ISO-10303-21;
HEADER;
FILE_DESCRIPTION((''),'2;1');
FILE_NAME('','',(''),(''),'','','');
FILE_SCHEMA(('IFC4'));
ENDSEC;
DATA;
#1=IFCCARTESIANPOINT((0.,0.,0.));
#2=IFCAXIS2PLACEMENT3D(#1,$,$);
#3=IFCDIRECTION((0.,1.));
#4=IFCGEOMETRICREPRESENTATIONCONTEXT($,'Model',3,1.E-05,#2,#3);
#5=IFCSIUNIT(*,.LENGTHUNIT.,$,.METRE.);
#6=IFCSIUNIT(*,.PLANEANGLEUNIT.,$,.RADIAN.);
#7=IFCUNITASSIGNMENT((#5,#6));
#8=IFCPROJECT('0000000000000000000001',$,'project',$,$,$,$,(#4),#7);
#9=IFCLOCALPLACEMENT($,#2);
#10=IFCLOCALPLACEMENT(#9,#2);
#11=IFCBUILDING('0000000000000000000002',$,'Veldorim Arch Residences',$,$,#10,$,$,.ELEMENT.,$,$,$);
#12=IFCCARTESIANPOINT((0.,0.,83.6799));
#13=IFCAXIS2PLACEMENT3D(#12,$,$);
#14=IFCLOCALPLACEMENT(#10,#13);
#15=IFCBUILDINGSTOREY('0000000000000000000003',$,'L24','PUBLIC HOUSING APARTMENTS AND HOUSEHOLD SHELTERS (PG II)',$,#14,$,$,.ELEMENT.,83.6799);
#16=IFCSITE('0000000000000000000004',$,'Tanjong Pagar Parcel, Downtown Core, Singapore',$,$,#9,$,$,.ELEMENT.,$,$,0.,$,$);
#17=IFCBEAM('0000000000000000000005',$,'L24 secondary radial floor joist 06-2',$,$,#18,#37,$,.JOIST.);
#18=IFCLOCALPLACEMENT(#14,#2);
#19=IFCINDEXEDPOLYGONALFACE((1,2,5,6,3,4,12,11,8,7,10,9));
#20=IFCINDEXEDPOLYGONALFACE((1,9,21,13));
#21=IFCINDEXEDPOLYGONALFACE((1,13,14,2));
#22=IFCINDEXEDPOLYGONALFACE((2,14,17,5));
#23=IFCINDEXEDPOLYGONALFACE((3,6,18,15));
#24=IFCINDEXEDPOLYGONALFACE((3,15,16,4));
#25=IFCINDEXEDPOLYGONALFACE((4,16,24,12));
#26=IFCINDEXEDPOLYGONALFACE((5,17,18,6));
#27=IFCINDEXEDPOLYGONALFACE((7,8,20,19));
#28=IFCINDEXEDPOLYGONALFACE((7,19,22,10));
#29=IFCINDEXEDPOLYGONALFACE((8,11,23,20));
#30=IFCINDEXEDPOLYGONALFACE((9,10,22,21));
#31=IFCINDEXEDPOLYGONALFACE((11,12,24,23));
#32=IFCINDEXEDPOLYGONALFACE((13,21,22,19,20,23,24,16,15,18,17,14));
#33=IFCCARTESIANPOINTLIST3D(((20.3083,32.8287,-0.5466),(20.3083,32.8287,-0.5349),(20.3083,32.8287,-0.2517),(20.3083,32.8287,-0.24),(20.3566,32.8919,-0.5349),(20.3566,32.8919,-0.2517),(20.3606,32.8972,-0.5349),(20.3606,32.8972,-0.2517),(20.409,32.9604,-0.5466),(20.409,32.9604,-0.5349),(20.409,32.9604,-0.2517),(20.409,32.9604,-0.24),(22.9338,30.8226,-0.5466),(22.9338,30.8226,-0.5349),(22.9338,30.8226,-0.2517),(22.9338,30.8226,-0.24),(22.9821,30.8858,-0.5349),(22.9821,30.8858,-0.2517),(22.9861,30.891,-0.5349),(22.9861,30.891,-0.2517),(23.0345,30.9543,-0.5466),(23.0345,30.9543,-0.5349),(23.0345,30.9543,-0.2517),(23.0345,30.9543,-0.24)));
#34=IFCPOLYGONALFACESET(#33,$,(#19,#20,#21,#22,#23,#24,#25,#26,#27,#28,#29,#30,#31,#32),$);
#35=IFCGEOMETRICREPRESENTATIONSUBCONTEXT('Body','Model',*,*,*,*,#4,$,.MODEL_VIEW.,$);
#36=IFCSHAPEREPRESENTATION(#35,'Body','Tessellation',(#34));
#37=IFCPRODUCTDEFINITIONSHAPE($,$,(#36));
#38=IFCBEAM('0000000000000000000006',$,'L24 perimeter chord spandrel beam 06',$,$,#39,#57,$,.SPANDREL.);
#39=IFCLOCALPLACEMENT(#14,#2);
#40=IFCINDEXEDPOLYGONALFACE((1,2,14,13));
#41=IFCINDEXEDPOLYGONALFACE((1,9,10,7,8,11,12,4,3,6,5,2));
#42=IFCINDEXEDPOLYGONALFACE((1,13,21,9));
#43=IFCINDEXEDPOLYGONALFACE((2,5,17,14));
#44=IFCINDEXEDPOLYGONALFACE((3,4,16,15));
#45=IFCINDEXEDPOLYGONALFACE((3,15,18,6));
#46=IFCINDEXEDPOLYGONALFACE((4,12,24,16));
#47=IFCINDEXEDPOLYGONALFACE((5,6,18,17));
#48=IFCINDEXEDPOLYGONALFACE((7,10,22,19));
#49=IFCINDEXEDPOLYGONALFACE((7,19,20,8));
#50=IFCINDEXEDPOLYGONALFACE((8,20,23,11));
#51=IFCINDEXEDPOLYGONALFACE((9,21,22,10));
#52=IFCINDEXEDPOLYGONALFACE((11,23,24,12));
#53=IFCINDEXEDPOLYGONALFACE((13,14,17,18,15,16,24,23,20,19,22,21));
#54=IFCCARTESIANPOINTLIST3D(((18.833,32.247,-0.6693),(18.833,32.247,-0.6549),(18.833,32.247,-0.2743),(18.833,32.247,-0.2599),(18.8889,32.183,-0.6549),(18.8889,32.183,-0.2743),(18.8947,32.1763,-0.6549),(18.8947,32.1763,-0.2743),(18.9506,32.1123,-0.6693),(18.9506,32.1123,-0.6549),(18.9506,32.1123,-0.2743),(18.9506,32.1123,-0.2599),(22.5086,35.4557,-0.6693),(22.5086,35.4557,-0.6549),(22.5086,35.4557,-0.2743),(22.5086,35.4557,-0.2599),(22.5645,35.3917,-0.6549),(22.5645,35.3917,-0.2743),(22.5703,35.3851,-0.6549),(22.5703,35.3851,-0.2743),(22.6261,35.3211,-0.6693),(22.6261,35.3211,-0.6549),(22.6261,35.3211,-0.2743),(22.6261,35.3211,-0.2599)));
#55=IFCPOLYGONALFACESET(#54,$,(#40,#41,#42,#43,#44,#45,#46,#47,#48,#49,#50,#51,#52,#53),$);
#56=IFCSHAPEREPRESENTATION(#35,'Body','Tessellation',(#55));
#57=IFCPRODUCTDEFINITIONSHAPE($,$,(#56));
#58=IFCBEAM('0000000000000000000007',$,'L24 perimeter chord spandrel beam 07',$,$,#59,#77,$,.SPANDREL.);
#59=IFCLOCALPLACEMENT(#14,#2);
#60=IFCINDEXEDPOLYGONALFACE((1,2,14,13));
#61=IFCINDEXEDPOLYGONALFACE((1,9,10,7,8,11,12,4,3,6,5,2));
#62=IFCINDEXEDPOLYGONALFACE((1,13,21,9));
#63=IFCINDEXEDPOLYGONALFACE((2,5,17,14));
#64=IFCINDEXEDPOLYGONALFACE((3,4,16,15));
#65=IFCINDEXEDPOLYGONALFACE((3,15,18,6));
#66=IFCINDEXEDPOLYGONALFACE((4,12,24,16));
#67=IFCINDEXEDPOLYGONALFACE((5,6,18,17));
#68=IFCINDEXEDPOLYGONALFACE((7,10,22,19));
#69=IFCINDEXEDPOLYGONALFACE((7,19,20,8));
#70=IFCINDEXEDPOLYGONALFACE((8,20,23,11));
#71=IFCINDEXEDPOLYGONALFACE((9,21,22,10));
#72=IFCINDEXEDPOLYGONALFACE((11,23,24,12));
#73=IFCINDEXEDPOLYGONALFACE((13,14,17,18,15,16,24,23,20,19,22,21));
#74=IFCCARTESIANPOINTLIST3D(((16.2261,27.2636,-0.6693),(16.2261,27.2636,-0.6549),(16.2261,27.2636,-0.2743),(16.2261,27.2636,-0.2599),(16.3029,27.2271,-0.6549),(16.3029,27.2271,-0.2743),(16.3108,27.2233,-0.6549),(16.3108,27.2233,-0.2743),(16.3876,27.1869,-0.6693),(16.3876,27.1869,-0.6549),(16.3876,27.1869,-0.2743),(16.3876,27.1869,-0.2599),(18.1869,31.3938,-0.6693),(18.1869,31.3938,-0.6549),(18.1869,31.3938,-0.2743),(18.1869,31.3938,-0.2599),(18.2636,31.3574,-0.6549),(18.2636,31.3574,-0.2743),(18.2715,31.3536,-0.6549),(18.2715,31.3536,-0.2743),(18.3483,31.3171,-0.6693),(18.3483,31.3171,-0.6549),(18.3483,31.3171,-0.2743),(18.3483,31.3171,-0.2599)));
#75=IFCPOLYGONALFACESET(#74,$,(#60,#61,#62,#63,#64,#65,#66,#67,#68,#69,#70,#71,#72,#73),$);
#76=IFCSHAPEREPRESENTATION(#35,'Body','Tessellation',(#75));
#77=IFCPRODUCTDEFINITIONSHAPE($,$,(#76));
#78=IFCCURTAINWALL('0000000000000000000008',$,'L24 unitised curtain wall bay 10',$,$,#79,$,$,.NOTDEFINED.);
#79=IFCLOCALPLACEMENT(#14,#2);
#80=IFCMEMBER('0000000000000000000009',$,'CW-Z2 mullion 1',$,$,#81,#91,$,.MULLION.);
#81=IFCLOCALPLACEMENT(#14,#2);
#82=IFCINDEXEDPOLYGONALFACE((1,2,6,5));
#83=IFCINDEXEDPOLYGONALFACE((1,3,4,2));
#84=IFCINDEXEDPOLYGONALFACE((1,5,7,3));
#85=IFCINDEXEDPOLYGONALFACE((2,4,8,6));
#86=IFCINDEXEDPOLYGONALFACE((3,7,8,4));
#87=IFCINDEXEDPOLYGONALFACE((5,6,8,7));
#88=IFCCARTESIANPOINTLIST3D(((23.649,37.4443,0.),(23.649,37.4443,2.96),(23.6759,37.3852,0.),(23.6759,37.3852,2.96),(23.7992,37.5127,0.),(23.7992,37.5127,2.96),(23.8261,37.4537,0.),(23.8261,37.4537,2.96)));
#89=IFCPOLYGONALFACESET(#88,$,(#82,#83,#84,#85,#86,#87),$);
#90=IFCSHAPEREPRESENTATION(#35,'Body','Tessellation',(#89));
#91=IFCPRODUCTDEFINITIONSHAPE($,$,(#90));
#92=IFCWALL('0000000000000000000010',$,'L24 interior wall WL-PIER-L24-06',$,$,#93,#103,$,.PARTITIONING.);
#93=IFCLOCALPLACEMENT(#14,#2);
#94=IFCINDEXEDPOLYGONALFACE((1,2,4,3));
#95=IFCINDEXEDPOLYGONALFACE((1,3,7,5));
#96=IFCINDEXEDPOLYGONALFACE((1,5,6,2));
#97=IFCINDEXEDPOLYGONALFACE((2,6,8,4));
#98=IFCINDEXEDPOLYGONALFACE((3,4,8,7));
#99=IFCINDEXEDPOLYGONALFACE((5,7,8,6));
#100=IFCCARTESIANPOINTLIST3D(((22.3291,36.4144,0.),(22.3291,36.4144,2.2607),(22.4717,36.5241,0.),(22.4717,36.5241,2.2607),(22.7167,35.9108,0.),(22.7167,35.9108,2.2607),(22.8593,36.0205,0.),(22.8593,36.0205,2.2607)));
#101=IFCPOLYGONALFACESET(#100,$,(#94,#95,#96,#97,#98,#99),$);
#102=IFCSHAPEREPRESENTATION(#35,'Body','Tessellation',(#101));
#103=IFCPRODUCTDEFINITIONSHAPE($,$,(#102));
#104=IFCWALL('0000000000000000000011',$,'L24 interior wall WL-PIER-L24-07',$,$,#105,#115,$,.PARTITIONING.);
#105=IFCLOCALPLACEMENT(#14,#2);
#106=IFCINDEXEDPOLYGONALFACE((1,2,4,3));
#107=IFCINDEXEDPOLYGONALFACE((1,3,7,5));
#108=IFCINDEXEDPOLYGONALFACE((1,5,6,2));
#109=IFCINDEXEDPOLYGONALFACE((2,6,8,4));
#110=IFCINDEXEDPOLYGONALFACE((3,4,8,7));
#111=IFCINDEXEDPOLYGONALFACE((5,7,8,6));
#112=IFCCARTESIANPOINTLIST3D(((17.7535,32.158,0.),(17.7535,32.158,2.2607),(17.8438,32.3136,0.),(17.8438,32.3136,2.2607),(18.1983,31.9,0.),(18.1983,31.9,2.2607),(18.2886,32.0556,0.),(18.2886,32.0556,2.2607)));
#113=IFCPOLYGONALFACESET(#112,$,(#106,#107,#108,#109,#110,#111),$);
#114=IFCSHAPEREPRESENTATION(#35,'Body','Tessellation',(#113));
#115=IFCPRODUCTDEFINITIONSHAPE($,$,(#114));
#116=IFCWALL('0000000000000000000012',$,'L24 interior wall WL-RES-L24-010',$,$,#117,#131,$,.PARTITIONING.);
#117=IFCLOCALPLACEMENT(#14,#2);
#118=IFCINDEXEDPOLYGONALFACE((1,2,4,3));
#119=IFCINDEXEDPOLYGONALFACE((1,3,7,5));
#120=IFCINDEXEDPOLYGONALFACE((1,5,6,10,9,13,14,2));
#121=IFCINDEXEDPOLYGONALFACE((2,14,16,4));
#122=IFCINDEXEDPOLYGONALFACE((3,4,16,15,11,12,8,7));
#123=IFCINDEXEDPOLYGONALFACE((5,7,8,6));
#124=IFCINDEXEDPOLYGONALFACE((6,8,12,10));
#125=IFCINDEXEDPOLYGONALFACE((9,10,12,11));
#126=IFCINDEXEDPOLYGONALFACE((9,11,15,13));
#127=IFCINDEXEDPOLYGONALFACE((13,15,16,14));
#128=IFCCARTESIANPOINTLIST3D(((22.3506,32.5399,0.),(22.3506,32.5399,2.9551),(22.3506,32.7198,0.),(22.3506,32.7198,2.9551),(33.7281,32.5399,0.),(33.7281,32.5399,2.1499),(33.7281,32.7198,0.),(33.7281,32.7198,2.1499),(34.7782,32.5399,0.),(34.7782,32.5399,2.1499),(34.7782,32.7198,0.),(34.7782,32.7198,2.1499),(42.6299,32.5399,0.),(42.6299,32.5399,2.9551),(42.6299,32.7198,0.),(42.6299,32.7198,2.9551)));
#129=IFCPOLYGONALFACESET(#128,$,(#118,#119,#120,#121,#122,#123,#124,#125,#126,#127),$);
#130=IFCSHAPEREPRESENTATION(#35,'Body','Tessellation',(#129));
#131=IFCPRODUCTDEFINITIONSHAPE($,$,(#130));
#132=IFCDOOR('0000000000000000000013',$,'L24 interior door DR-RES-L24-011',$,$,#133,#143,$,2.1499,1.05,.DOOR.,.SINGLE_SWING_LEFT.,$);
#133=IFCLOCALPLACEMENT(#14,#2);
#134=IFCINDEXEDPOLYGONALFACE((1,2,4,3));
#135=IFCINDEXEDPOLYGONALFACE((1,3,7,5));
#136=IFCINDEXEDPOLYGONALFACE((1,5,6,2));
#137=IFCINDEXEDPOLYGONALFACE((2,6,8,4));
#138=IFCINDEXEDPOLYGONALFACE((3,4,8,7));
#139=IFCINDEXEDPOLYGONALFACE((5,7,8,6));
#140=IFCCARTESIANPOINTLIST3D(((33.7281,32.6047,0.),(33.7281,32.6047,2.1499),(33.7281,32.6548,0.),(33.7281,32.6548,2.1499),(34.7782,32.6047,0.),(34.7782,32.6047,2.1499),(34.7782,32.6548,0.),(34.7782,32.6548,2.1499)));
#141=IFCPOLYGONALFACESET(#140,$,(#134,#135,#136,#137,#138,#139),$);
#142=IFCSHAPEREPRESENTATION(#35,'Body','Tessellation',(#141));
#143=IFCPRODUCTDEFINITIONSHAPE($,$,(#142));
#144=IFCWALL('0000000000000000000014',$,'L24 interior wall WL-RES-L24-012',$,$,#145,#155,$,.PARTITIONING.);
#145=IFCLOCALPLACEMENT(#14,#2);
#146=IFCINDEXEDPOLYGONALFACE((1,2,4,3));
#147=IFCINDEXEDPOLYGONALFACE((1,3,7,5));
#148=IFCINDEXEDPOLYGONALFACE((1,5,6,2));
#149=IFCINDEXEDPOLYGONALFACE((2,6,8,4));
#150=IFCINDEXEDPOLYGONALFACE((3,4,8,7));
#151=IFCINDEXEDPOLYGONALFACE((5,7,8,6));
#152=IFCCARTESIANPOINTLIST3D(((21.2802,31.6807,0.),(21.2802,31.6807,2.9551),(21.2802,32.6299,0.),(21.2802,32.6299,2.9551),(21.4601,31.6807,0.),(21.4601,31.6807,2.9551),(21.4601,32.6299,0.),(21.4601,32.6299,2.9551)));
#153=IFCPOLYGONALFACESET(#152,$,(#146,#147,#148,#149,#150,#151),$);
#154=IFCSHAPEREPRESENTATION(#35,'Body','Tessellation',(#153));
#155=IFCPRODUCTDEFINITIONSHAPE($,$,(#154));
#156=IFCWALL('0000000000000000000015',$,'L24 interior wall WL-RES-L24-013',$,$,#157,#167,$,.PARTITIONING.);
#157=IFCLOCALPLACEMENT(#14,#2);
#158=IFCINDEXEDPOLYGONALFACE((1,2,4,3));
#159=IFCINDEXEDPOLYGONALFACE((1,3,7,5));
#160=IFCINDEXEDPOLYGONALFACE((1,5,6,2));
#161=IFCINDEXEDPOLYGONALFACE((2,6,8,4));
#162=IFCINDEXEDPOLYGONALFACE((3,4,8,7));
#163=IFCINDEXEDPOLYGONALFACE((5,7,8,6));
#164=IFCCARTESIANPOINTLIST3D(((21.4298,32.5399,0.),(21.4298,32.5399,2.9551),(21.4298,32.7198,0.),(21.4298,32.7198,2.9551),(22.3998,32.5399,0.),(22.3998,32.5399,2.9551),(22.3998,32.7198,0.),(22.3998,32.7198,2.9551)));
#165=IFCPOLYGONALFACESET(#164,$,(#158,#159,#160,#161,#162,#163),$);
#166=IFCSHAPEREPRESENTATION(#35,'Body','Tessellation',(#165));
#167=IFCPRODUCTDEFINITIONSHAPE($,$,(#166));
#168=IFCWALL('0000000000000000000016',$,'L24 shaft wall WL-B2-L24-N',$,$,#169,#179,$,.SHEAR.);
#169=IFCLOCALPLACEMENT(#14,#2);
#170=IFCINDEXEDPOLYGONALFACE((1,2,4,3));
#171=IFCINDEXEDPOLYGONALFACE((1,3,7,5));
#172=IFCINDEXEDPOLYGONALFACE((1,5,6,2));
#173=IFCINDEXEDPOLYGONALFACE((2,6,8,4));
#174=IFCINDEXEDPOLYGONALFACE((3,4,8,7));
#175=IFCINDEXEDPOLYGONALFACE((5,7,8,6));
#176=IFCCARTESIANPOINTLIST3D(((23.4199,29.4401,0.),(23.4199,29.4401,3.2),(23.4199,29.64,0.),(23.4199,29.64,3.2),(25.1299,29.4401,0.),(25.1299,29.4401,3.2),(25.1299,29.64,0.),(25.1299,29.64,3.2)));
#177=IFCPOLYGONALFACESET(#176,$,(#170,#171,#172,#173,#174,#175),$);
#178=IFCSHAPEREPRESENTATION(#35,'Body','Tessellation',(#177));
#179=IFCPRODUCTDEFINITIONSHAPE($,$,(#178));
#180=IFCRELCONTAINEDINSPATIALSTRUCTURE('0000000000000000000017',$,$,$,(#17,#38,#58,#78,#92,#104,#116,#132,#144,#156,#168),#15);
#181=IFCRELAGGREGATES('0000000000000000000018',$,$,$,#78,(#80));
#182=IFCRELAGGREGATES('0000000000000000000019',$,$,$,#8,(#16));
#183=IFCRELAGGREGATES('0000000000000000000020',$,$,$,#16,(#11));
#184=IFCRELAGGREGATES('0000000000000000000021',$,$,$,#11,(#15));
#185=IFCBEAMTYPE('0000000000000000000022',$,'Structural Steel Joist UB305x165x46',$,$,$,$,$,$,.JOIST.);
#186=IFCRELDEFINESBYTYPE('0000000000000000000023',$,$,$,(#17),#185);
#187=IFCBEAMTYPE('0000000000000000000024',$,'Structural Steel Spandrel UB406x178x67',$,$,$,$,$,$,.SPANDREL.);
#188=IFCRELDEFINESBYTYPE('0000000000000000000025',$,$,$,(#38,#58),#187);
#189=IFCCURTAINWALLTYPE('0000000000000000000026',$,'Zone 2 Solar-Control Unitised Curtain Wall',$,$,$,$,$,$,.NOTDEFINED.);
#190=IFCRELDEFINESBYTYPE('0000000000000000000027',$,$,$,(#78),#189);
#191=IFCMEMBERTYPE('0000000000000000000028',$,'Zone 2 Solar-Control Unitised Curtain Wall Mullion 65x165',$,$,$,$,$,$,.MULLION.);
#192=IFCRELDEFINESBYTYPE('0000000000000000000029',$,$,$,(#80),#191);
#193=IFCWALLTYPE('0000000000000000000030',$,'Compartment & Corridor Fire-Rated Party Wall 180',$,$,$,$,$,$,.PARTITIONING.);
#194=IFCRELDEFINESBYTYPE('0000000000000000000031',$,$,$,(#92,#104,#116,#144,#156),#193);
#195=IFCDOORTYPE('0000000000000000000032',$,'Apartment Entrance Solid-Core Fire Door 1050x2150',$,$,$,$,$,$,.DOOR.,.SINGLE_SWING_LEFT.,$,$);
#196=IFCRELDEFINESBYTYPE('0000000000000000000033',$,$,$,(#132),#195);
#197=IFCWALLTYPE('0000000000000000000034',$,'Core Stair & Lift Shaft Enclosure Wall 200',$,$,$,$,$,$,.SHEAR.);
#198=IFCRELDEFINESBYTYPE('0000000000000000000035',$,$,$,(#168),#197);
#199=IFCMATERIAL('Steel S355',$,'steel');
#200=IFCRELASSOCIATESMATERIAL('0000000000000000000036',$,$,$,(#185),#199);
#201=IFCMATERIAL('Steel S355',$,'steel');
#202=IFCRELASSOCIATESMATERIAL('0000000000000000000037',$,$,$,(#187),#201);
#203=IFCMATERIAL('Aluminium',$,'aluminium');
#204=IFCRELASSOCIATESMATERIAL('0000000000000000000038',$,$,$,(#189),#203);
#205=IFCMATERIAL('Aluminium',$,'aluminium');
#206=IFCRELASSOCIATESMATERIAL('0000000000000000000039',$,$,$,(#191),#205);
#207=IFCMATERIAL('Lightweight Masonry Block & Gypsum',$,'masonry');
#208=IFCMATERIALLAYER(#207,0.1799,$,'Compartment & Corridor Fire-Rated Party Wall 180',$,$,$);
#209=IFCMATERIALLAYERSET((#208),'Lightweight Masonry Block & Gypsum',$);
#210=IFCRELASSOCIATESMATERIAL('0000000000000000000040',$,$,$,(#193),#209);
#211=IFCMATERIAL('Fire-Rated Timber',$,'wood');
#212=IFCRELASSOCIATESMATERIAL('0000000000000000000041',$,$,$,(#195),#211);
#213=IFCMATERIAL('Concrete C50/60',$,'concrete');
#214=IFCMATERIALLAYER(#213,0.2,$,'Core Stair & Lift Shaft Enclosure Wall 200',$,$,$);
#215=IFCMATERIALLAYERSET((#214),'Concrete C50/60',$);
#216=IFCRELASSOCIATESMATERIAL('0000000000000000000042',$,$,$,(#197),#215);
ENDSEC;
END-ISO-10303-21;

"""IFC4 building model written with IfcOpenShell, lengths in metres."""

from ifc_helpers import new_model, si_unit, direction, frame, frame_2d, origin, origin_2d, place, context, subcontext, project, spatial, rectangle, i_section, extrude, material, layer, layer_set, material_profile, profile_set, type_object, element, fill, aggregate, save


model = new_model("IFC4")

# Units and contexts
model_context = context("Model", 3, precision=1e-05, world=origin(), true_north=direction((0.0, 1.0)))
body_context = subcontext(model_context, "Body", "Model", "MODEL_VIEW")
ifc_project = project(units=[si_unit("LENGTHUNIT", "METRE"), si_unit("PLANEANGLEUNIT", "RADIAN")], contexts=[model_context])

# Site, building, storey
site_placement = place(None, origin())
site = spatial("IfcSite", under=ifc_project, at=site_placement, Name="Tanjong Pagar Parcel, Downtown Core, Singapore", CompositionType="ELEMENT", RefElevation=0.0)
building_placement = place(site_placement, origin())
building = spatial("IfcBuilding", under=site, at=building_placement, Name="Veldorim Arch Residences", CompositionType="ELEMENT")
storey_placement = place(building_placement, frame((0.0, 0.0, 83.6799)))
storey = spatial("IfcBuildingStorey", under=building, at=storey_placement, Name="L24", Description="PUBLIC HOUSING APARTMENTS AND HOUSEHOLD SHELTERS (PG II)", CompositionType="ELEMENT", Elevation=83.6799)

# Beams
ifc_material_1 = material(Name="Steel S355", Category="steel")
ifc_material_profile_1 = material_profile(ifc_material_1, i_section(OverallWidth=0.1658, OverallDepth=0.3066, WebThickness=0.0066, FlangeThickness=0.0117, at=origin_2d()), Name="UB305x165x46")
ifc_profile_set_1 = profile_set([ifc_material_profile_1], Name="Steel S355")
beam_type_1 = type_object("IfcBeamType", Name="Structural Steel Joist UB305x165x46", PredefinedType="JOIST", material=ifc_profile_set_1)
beam_1_placement = place(storey_placement, frame((22.9841, 30.8884, -0.3933), z_axis=(-0.794595, 0.60714, 0.0), x_axis=(-0.60714, -0.794595, 0.0)))
element("IfcBeam", 1, at=beam_1_placement, inside=storey, type_object=beam_type_1, Name="L24 secondary radial floor joist 06-2", PredefinedType="JOIST", context=body_context, shape_type="SweptSolid", body=[
    extrude(i_section(OverallWidth=0.1658, OverallDepth=0.3066, WebThickness=0.0066, FlangeThickness=0.0117, at=origin_2d()), origin(), (0.0, 0.0, 1.0), 3.3042),
])
ifc_material_2 = material(Name="Steel S355", Category="steel")
ifc_material_profile_2 = material_profile(ifc_material_2, i_section(OverallWidth=0.1787, OverallDepth=0.4094, WebThickness=0.0088, FlangeThickness=0.0144, at=origin_2d()), Name="UB406x178x67")
ifc_profile_set_2 = profile_set([ifc_material_profile_2], Name="Steel S355")
beam_type_2 = type_object("IfcBeamType", Name="Structural Steel Spandrel UB406x178x67", PredefinedType="SPANDREL", material=ifc_profile_set_2)
beam_2_placement = place(storey_placement, frame((22.5674, 35.3884, -0.4646), z_axis=(-0.753323, -0.65765, 0.0), x_axis=(0.65765, -0.753323, 0.0)))
element("IfcBeam", 2, at=beam_2_placement, inside=storey, type_object=beam_type_2, Name="L24 perimeter chord spandrel beam 06", PredefinedType="SPANDREL", context=body_context, shape_type="SweptSolid", body=[
    extrude(i_section(OverallWidth=0.1787, OverallDepth=0.4094, WebThickness=0.0088, FlangeThickness=0.0144, at=origin_2d()), origin(), (0.0, 0.0, 1.0), 4.8792),
])
beam_3_placement = place(storey_placement, frame((18.2676, 31.3555, -0.4646), z_axis=(-0.428857, -0.903372, 0.0), x_axis=(0.903372, -0.428857, 0.0)))
element("IfcBeam", 3, at=beam_3_placement, inside=storey, type_object=beam_type_2, Name="L24 perimeter chord spandrel beam 07", PredefinedType="SPANDREL", context=body_context, shape_type="SweptSolid", body=[
    extrude(i_section(OverallWidth=0.1787, OverallDepth=0.4094, WebThickness=0.0088, FlangeThickness=0.0144, at=origin_2d()), origin(), (0.0, 0.0, 1.0), 4.572),
])

# Curtain wall, member
ifc_material_3 = material(Name="Aluminium", Category="aluminium")
curtain_wall_type = type_object("IfcCurtainWallType", Name="Zone 2 Solar-Control Unitised Curtain Wall", PredefinedType="NOTDEFINED", material=ifc_material_3)
curtain_wall_placement = place(storey_placement, origin())
curtain_wall = element("IfcCurtainWall", 4, at=curtain_wall_placement, inside=storey, type_object=curtain_wall_type, Name="L24 unitised curtain wall bay 10", PredefinedType="NOTDEFINED")
ifc_material_4 = material(Name="Aluminium", Category="aluminium")
ifc_material_profile_3 = material_profile(ifc_material_4, rectangle(XDim=0.0649, YDim=0.165, at=origin_2d()), Name="ALU_MUL_65x165")
ifc_profile_set_3 = profile_set([ifc_material_profile_3], Name="Aluminium")
member_type = type_object("IfcMemberType", Name="Zone 2 Solar-Control Unitised Curtain Wall Mullion 65x165", PredefinedType="MULLION", material=ifc_profile_set_3)
member_placement = place(storey_placement, frame((23.7375, 37.449, 0.0), z_axis=(0.0, 0.0, 1.0), x_axis=(-0.414742, 0.909939, 0.0)))
member = element("IfcMember", 5, at=member_placement, type_object=member_type, Name="CW-Z2 mullion 1", PredefinedType="MULLION", context=body_context, shape_type="SweptSolid", body=[
    extrude(rectangle(XDim=0.0649, YDim=0.165, at=origin_2d()), origin(), (0.0, 0.0, 1.0), 2.96),
])
aggregate(curtain_wall, [member])

# Walls
ifc_material_5 = material(Name="Lightweight Masonry Block & Gypsum", Category="masonry")
ifc_layer_1 = layer(ifc_material_5, 0.1799, Name="Compartment & Corridor Fire-Rated Party Wall 180")
ifc_layer_set_1 = layer_set([ifc_layer_1], Name="Lightweight Masonry Block & Gypsum")
wall_type_1 = type_object("IfcWallType", Name="Compartment & Corridor Fire-Rated Party Wall 180", PredefinedType="PARTITIONING", material=ifc_layer_set_1)
wall_1_placement = place(storey_placement, frame((22.7881, 35.9656, 0.0), z_axis=(0.0, 0.0, 1.0), x_axis=(-0.609971, 0.792424, 0.0)))
element("IfcWall", 6, at=wall_1_placement, inside=storey, type_object=wall_type_1, Name="L24 interior wall WL-PIER-L24-06", PredefinedType="PARTITIONING", context=body_context, shape_type="SweptSolid", body=[
    extrude(rectangle(XDim=0.6355, YDim=0.1799, at=frame_2d((0.3179, 0.0))), origin(), (0.0, 0.0, 1.0), 2.2607),
])
wall_2_placement = place(storey_placement, frame((18.2434, 31.9778, 0.0), z_axis=(0.0, 0.0, 1.0), x_axis=(-0.864982, 0.501803, 0.0)))
element("IfcWall", 7, at=wall_2_placement, inside=storey, type_object=wall_type_1, Name="L24 interior wall WL-PIER-L24-07", PredefinedType="PARTITIONING", context=body_context, shape_type="SweptSolid", body=[
    extrude(rectangle(XDim=0.5142, YDim=0.1799, at=frame_2d((0.2571, 0.0))), origin(), (0.0, 0.0, 1.0), 2.2607),
])

# Wall, opening, door
wall_3_placement = place(storey_placement, frame((22.3506, 32.6299, 0.0), z_axis=(0.0, 0.0, 1.0), x_axis=(1.0, 0.0, 0.0)))
wall_3 = element("IfcWall", 8, at=wall_3_placement, inside=storey, type_object=wall_type_1, Name="L24 interior wall WL-RES-L24-010", PredefinedType="PARTITIONING", context=body_context, shape_type="SweptSolid", body=[
    extrude(rectangle(XDim=20.2793, YDim=0.1799, at=frame_2d((10.1396, 0.0))), origin(), (0.0, 0.0, 1.0), 2.9551),
])
opening_1_placement = place(wall_3_placement, frame((11.3777, 0.0, 0.0)))
opening_1 = element("IfcOpeningElement", 9, at=opening_1_placement, cuts=wall_3, PredefinedType="OPENING", context=body_context, shape_type="SweptSolid", body=[
    extrude(rectangle(XDim=1.05, YDim=2.1499, at=frame_2d((0.5249, 1.075))), frame((0.0, 0.0999, 0.0), z_axis=(0.0, -1.0, 0.0), x_axis=(1.0, 0.0, 0.0)), (0.0, 0.0, 1.0), 0.2),
])
ifc_material_6 = material(Name="Fire-Rated Timber", Category="wood")
door_type_1 = type_object("IfcDoorType", Name="Apartment Entrance Solid-Core Fire Door 1050x2150", OperationType="SINGLE_SWING_LEFT", PredefinedType="DOOR", material=ifc_material_6)
door_1_placement = place(opening_1_placement, origin())
door_1 = element("IfcDoor", 10, at=door_1_placement, inside=storey, type_object=door_type_1, Name="L24 interior door DR-RES-L24-011", OperationType="SINGLE_SWING_LEFT", OverallHeight=2.1499, OverallWidth=1.05, PredefinedType="DOOR", context=body_context, shape_type="SweptSolid", body=[
    extrude(rectangle(XDim=1.05, YDim=2.1499, at=frame_2d((0.5249, 1.075))), frame((0.0, 0.0249, 0.0), z_axis=(0.0, -1.0, 0.0), x_axis=(1.0, 0.0, 0.0)), (0.0, 0.0, 1.0), 0.05),
])
fill(opening_1, door_1)

# Walls
wall_4_placement = place(storey_placement, frame((21.3701, 31.6807, 0.0), z_axis=(0.0, 0.0, 1.0), x_axis=(0.0, 1.0, 0.0)))
element("IfcWall", 11, at=wall_4_placement, inside=storey, type_object=wall_type_1, Name="L24 interior wall WL-RES-L24-012", PredefinedType="PARTITIONING", context=body_context, shape_type="SweptSolid", body=[
    extrude(rectangle(XDim=0.9492, YDim=0.1799, at=frame_2d((0.4746, 0.0))), origin(), (0.0, 0.0, 1.0), 2.9551),
])
wall_5_placement = place(storey_placement, frame((21.4299, 32.6299, 0.0), z_axis=(0.0, 0.0, 1.0), x_axis=(1.0, 0.0, 0.0)))
element("IfcWall", 12, at=wall_5_placement, inside=storey, type_object=wall_type_1, Name="L24 interior wall WL-RES-L24-013", PredefinedType="PARTITIONING", context=body_context, shape_type="SweptSolid", body=[
    extrude(rectangle(XDim=0.97, YDim=0.1799, at=frame_2d((0.4849, 0.0))), origin(), (0.0, 0.0, 1.0), 2.9551),
])
ifc_material_7 = material(Name="Concrete C50/60", Category="concrete")
ifc_layer_2 = layer(ifc_material_7, 0.2, Name="Core Stair & Lift Shaft Enclosure Wall 200")
ifc_layer_set_2 = layer_set([ifc_layer_2], Name="Concrete C50/60")
wall_type_2 = type_object("IfcWallType", Name="Core Stair & Lift Shaft Enclosure Wall 200", PredefinedType="SHEAR", material=ifc_layer_set_2)
wall_6_placement = place(storey_placement, frame((23.4199, 29.54, 0.0), z_axis=(0.0, 0.0, 1.0), x_axis=(1.0, 0.0, 0.0)))
element("IfcWall", 13, at=wall_6_placement, inside=storey, type_object=wall_type_2, Name="L24 shaft wall WL-B2-L24-N", PredefinedType="SHEAR", context=body_context, shape_type="SweptSolid", body=[
    extrude(rectangle(XDim=1.71, YDim=0.2, at=frame_2d((0.855, 0.0))), origin(), (0.0, 0.0, 1.0), 3.2),
])

save(model, "model.ifc")
